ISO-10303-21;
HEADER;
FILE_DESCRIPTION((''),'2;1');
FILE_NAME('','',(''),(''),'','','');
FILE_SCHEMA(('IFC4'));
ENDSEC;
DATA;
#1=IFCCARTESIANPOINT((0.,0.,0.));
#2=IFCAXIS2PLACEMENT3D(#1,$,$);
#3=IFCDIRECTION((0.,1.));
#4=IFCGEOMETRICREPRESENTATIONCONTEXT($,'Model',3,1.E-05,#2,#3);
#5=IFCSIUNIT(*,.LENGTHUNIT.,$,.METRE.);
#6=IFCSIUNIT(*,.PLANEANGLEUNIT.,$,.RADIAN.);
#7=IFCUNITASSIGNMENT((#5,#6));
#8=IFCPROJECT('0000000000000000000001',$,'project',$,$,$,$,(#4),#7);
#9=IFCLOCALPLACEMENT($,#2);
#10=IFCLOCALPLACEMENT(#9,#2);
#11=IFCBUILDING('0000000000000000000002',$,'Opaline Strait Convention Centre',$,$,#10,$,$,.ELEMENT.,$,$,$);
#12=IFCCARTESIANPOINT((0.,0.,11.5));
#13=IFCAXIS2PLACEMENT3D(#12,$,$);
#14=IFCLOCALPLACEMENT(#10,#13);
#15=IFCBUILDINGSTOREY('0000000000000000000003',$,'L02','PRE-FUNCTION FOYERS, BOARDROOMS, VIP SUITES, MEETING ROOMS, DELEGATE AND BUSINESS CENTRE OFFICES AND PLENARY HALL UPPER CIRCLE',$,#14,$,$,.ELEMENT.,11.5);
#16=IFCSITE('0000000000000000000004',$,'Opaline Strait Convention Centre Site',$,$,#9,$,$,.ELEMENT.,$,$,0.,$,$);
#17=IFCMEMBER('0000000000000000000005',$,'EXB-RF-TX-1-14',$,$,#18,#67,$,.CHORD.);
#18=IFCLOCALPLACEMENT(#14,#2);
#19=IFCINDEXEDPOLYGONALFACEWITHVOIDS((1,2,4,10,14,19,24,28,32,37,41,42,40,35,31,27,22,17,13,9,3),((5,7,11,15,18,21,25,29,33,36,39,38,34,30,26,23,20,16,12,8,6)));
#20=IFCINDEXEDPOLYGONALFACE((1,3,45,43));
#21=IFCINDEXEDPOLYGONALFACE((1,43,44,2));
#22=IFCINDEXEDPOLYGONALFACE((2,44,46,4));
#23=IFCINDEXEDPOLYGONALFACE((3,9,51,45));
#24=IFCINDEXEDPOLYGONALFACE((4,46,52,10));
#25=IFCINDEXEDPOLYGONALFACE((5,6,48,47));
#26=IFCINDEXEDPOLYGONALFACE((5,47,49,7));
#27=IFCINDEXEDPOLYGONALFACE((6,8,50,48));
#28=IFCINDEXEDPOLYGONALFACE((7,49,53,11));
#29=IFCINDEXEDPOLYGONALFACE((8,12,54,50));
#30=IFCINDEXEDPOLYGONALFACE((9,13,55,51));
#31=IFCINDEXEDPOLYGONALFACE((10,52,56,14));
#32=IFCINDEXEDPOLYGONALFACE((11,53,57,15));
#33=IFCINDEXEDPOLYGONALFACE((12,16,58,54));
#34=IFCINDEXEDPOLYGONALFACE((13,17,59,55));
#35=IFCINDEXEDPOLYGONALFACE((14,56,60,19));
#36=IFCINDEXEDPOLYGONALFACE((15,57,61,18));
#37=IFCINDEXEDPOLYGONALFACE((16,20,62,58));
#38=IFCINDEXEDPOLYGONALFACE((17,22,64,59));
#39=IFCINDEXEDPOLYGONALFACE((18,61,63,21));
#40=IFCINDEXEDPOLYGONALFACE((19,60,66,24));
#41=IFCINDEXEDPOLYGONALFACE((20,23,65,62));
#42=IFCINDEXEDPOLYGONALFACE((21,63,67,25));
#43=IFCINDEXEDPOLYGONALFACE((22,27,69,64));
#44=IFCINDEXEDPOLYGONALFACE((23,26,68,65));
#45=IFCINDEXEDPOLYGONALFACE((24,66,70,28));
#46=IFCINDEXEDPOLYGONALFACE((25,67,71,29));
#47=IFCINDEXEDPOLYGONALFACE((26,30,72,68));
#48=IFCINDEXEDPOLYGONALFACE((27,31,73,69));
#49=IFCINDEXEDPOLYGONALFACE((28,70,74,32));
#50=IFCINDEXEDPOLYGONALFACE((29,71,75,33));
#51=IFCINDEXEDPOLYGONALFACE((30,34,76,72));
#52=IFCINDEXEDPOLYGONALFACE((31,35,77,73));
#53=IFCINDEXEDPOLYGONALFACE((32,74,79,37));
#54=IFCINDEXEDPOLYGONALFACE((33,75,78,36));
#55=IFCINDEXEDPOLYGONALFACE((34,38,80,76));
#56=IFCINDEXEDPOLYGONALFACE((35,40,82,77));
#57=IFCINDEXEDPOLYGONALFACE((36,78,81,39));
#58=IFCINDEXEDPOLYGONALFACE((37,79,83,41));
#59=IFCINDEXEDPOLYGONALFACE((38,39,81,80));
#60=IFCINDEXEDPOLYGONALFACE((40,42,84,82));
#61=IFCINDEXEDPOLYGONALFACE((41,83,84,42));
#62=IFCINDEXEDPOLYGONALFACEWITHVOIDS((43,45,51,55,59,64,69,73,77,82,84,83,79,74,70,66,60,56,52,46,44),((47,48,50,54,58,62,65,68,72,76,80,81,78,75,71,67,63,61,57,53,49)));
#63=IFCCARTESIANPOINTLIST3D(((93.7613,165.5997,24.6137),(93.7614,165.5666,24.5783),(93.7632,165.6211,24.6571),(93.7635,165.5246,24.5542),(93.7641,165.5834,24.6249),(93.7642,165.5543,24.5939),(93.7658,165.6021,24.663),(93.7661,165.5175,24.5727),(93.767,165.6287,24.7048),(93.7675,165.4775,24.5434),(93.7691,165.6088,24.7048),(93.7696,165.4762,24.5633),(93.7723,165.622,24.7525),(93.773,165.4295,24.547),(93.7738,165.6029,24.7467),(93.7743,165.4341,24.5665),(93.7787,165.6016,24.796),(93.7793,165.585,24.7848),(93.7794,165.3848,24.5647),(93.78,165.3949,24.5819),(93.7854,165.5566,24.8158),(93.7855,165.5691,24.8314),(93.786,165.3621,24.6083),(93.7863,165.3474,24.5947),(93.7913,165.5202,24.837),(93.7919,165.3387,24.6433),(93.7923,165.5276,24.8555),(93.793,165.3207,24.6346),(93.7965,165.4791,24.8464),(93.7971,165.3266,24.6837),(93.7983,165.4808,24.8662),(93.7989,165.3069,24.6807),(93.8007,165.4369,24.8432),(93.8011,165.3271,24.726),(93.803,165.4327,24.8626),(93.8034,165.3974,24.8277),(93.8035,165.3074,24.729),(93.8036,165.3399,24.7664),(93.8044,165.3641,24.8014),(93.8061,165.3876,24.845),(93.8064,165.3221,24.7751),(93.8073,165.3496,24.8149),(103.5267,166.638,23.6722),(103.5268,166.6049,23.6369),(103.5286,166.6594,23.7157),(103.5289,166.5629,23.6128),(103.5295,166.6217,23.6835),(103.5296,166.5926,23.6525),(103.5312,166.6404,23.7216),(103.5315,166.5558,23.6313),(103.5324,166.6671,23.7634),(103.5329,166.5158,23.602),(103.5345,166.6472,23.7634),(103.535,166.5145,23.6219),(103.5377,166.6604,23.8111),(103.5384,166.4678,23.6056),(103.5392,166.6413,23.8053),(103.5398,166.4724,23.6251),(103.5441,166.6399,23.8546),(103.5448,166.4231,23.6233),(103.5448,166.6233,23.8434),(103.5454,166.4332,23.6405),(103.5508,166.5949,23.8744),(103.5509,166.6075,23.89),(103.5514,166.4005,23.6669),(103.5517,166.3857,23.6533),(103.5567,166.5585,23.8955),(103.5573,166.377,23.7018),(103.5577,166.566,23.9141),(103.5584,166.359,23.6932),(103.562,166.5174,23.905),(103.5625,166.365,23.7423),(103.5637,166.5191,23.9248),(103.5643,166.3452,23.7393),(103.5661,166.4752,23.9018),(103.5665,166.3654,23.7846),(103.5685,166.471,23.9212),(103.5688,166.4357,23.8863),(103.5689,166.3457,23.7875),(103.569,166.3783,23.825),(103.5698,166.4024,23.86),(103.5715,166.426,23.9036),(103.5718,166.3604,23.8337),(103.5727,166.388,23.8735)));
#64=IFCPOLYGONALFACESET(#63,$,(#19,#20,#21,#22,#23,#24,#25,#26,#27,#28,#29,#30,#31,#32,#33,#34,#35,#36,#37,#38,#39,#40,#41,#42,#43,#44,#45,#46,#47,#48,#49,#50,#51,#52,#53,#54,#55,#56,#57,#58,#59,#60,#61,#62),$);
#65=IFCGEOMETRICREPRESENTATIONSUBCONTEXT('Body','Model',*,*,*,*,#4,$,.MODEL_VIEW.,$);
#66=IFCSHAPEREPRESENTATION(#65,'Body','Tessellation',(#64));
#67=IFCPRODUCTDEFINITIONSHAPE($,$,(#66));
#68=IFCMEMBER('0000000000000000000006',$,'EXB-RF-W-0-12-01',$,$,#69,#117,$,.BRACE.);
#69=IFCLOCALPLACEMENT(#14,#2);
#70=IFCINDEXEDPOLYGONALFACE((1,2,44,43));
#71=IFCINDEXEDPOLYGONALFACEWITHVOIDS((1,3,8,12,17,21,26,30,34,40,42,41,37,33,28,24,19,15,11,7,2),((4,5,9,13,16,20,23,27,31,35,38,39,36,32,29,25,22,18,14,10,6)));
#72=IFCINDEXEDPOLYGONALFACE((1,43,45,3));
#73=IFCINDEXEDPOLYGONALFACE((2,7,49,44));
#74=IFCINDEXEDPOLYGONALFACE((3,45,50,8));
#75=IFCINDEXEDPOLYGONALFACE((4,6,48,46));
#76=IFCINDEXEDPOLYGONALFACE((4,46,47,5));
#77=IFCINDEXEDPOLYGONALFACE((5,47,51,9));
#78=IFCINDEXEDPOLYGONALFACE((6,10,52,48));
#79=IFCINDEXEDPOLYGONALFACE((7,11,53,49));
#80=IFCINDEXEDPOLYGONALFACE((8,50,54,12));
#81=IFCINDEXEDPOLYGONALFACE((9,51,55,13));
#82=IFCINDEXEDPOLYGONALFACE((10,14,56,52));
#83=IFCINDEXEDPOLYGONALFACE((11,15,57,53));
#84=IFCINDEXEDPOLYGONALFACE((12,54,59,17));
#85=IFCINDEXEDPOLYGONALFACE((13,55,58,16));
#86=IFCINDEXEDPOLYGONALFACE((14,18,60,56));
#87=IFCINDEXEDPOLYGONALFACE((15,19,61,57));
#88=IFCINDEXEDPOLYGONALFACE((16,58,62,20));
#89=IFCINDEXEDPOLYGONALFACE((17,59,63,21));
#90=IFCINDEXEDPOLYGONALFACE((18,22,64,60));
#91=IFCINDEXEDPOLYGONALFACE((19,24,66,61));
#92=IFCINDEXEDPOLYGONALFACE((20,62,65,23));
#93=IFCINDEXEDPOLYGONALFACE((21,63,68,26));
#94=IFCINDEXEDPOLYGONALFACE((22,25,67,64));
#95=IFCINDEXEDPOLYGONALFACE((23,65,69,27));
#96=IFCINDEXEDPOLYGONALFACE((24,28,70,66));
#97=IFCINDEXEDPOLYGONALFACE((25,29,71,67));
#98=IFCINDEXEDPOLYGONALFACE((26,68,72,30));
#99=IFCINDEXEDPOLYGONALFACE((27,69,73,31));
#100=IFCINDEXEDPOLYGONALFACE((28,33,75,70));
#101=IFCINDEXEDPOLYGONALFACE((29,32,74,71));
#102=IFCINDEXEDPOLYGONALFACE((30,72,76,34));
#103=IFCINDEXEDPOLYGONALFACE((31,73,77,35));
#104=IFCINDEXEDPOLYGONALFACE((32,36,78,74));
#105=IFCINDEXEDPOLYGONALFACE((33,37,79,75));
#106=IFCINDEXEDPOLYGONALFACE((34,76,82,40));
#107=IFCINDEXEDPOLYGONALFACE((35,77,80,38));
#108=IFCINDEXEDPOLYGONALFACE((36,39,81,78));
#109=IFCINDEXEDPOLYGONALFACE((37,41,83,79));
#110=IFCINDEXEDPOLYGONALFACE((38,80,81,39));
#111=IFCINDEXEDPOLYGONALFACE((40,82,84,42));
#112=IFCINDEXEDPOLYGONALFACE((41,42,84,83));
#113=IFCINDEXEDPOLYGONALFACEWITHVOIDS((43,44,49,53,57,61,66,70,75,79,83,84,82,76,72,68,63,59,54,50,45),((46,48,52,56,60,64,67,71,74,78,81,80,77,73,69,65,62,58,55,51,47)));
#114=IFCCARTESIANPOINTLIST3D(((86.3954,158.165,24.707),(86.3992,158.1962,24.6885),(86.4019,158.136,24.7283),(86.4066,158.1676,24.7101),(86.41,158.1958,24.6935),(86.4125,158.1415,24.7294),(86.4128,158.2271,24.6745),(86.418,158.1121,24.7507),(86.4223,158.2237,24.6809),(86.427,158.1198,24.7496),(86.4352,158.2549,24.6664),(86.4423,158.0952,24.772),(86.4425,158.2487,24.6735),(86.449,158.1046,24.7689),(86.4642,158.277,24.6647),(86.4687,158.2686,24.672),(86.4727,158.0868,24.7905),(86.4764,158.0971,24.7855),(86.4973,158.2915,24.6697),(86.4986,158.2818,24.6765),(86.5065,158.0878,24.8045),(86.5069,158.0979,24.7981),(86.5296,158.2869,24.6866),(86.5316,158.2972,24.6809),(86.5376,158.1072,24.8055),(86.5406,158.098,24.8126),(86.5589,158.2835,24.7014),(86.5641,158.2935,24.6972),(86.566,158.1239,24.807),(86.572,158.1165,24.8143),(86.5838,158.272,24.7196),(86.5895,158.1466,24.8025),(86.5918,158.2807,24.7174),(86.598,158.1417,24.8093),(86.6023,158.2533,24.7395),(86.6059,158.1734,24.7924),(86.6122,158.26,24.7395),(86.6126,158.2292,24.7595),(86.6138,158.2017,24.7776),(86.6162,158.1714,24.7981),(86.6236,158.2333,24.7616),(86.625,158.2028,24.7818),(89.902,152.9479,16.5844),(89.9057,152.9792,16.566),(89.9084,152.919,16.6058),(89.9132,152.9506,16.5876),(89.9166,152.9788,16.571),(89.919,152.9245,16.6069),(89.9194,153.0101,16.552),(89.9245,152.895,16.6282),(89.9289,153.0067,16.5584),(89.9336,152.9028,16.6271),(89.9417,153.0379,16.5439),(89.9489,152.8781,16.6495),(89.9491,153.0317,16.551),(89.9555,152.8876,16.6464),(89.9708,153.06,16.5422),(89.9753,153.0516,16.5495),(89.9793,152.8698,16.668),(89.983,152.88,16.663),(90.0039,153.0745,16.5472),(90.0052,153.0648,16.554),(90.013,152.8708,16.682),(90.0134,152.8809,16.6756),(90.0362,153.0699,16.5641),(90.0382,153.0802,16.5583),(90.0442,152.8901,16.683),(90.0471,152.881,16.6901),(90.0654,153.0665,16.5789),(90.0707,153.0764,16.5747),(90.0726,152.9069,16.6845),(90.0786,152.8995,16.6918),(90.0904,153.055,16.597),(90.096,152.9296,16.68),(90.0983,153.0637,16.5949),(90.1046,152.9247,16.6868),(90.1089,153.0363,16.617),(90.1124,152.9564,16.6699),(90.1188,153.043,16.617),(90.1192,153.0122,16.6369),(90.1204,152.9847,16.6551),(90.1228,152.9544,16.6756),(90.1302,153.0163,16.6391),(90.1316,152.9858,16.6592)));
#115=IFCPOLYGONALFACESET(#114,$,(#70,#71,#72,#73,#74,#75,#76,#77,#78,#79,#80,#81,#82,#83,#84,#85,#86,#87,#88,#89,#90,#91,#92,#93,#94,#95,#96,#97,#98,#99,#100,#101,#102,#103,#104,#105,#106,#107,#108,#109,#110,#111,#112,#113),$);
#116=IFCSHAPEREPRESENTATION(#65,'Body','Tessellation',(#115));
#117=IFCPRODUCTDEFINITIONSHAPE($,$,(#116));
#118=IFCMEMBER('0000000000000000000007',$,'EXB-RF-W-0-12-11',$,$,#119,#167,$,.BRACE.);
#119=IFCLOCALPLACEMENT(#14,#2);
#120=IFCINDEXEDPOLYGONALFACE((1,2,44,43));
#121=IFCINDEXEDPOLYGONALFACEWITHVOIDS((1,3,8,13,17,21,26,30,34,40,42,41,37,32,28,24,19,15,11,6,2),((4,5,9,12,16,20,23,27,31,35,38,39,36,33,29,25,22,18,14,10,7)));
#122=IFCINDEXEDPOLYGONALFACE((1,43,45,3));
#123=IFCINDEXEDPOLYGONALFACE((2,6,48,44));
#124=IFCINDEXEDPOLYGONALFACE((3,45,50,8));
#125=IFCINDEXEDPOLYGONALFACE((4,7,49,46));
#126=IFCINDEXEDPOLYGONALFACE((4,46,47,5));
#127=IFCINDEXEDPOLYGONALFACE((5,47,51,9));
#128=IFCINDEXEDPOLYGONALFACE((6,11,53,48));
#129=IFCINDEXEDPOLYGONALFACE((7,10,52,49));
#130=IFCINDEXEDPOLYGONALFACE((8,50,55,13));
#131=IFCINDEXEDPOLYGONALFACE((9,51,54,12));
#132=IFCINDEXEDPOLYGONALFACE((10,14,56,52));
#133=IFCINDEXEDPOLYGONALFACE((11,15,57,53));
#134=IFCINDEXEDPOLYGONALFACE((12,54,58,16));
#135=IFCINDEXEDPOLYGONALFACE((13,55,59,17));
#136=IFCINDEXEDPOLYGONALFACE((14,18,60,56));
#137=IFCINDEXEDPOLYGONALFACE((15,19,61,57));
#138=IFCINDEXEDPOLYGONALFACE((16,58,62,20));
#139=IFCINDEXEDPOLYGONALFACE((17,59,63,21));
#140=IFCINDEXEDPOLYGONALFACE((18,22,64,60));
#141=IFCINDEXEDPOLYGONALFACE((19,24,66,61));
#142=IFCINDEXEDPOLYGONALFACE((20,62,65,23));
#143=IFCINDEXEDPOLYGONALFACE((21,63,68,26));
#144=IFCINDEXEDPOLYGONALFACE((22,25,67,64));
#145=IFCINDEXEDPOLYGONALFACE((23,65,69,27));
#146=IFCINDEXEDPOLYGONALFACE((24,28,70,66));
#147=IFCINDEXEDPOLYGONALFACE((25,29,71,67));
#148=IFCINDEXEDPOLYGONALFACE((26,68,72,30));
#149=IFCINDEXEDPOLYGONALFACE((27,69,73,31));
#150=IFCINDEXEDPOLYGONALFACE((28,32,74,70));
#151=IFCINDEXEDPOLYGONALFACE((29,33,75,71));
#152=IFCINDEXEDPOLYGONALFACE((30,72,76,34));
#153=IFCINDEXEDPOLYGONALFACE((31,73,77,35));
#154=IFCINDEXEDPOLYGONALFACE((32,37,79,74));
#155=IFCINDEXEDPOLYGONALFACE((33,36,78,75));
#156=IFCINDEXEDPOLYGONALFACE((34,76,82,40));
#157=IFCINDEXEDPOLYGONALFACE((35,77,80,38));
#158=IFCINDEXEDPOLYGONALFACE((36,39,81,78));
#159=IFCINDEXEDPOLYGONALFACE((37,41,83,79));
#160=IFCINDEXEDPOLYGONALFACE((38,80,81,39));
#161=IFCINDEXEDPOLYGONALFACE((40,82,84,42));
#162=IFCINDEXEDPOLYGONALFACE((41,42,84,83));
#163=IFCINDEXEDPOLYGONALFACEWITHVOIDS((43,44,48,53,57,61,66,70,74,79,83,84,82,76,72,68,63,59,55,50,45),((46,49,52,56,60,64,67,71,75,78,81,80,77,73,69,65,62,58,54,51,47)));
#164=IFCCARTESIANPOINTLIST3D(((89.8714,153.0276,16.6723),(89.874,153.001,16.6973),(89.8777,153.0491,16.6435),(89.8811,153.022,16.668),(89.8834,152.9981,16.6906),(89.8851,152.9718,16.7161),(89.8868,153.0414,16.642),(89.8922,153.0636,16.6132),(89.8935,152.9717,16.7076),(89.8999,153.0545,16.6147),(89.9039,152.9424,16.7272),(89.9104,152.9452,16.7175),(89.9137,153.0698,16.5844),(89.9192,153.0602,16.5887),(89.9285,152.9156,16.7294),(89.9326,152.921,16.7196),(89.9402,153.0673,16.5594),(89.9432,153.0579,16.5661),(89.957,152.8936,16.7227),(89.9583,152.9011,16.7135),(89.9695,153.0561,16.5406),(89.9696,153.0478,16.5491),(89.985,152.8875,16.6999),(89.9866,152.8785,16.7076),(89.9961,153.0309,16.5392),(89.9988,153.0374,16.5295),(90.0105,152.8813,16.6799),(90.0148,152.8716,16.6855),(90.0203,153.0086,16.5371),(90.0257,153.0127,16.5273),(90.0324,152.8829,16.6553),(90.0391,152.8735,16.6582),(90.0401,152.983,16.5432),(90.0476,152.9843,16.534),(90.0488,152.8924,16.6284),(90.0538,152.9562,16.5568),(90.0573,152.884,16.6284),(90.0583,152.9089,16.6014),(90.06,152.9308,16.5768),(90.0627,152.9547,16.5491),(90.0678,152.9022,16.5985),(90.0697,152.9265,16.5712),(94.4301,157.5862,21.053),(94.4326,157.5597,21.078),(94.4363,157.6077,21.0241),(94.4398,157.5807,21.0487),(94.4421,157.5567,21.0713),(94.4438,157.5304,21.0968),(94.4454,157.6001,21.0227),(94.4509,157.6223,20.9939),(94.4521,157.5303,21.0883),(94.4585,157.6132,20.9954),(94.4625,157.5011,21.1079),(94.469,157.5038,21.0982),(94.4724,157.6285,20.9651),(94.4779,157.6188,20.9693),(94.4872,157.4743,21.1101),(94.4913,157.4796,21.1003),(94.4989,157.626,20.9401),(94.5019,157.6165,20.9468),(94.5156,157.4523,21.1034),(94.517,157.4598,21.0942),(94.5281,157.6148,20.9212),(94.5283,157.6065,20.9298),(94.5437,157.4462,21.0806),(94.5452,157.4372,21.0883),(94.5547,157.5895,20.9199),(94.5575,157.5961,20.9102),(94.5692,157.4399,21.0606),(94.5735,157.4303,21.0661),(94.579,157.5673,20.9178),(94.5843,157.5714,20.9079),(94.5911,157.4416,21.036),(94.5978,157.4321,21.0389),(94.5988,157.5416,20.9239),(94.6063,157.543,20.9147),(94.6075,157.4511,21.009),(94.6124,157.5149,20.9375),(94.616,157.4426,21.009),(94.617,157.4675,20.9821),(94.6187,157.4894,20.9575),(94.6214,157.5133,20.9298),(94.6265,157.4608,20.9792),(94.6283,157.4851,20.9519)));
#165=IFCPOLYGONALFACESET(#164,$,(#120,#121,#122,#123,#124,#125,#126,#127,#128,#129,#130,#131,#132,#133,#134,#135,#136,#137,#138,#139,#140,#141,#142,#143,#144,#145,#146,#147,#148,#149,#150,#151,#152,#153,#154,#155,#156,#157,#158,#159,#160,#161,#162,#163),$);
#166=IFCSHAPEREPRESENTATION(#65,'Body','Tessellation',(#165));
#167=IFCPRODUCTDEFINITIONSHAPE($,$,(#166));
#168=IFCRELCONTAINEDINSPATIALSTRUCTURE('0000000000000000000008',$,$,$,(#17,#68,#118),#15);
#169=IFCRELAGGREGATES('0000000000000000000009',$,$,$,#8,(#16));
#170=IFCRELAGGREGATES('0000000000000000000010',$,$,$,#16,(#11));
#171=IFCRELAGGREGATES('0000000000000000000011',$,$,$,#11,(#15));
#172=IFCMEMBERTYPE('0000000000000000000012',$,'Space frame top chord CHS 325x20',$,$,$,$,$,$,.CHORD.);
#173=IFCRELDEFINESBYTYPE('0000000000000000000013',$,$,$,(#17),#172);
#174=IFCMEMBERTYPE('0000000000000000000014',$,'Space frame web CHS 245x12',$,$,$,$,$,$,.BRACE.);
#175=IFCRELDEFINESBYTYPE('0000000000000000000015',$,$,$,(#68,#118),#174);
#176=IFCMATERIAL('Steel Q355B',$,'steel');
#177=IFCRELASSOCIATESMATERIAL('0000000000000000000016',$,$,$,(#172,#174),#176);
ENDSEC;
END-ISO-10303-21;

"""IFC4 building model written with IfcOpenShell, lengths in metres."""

from ifc_helpers import new_model, si_unit, direction, frame, origin, origin_2d, place, context, subcontext, project, spatial, hollow_circle, extrude, material, material_profile, profile_set, type_object, element, save


model = new_model("IFC4")

# Units and contexts
model_context = context("Model", 3, precision=1e-05, world=origin(), true_north=direction((0.0, 1.0)))
body_context = subcontext(model_context, "Body", "Model", "MODEL_VIEW")
ifc_project = project(units=[si_unit("LENGTHUNIT", "METRE"), si_unit("PLANEANGLEUNIT", "RADIAN")], contexts=[model_context])

# Site, building, storey
site_placement = place(None, origin())
site = spatial("IfcSite", under=ifc_project, at=site_placement, Name="Opaline Strait Convention Centre Site", CompositionType="ELEMENT", RefElevation=0.0)
building_placement = place(site_placement, origin())
building = spatial("IfcBuilding", under=site, at=building_placement, Name="Opaline Strait Convention Centre", CompositionType="ELEMENT")
storey_placement = place(building_placement, frame((0.0, 0.0, 11.5)))
storey = spatial("IfcBuildingStorey", under=building, at=storey_placement, Name="L02", Description="PRE-FUNCTION FOYERS, BOARDROOMS, VIP SUITES, MEETING ROOMS, DELEGATE AND BUSINESS CENTRE OFFICES AND PLENARY HALL UPPER CIRCLE", CompositionType="ELEMENT", Elevation=11.5)

# Members
ifc_material_1 = material(Name="Steel Q355B", Category="steel")
ifc_material_profile_1 = material_profile(ifc_material_1, hollow_circle(Radius=0.1626, WallThickness=0.02, at=origin_2d()), Name="CHS 325x20")
ifc_profile_set_1 = profile_set([ifc_material_profile_1], Name="Steel Q355B")
member_type_1 = type_object("IfcMemberType", Name="Space frame top chord CHS 325x20", PredefinedType="CHORD", material=ifc_profile_set_1)
member_1_placement = place(storey_placement, frame((93.7842, 165.467, 24.7048), z_axis=(0.989857, 0.105249, -0.095425), x_axis=(-0.105732, 0.994395, 0.0)))
element("IfcMember", 1, at=member_1_placement, inside=storey, type_object=member_type_1, Name="EXB-RF-TX-1-14", PredefinedType="CHORD", context=body_context, shape_type="SweptSolid", body=[
    extrude(hollow_circle(Radius=0.1626, WallThickness=0.02, at=origin_2d()), origin(), (0.0, 0.0, 1.0), 9.8655),
])
ifc_material_profile_2 = material_profile(ifc_material_1, hollow_circle(Radius=0.1226, WallThickness=0.012, at=origin_2d()), Name="CHS 245x12")
ifc_profile_set_2 = profile_set([ifc_material_profile_2], Name="Steel Q355B")
member_type_2 = type_object("IfcMemberType", Name="Space frame web CHS 245x12", PredefinedType="BRACE", material=ifc_profile_set_2)
member_2_placement = place(storey_placement, frame((86.5105, 158.1917, 24.7395), z_axis=(0.341413, -0.507948, -0.790839), x_axis=(0.829947, 0.557842, 0.0)))
element("IfcMember", 2, at=member_2_placement, inside=storey, type_object=member_type_2, Name="EXB-RF-W-0-12-01", PredefinedType="BRACE", context=body_context, shape_type="SweptSolid", body=[
    extrude(hollow_circle(Radius=0.1226, WallThickness=0.012, at=origin_2d()), origin(), (0.0, 0.0, 1.0), 10.2708),
])
member_3_placement = place(storey_placement, frame((94.5293, 157.5293, 21.009), z_axis=(-0.584861, -0.584861, -0.562027), x_axis=(0.707107, -0.707107, 0.0)))
element("IfcMember", 3, at=member_3_placement, inside=storey, type_object=member_type_2, Name="EXB-RF-W-0-12-11", PredefinedType="BRACE", context=body_context, shape_type="SweptSolid", body=[
    extrude(hollow_circle(Radius=0.1226, WallThickness=0.012, at=origin_2d()), origin(), (0.0, 0.0, 1.0), 7.7944),
])

save(model, "model.ifc")
